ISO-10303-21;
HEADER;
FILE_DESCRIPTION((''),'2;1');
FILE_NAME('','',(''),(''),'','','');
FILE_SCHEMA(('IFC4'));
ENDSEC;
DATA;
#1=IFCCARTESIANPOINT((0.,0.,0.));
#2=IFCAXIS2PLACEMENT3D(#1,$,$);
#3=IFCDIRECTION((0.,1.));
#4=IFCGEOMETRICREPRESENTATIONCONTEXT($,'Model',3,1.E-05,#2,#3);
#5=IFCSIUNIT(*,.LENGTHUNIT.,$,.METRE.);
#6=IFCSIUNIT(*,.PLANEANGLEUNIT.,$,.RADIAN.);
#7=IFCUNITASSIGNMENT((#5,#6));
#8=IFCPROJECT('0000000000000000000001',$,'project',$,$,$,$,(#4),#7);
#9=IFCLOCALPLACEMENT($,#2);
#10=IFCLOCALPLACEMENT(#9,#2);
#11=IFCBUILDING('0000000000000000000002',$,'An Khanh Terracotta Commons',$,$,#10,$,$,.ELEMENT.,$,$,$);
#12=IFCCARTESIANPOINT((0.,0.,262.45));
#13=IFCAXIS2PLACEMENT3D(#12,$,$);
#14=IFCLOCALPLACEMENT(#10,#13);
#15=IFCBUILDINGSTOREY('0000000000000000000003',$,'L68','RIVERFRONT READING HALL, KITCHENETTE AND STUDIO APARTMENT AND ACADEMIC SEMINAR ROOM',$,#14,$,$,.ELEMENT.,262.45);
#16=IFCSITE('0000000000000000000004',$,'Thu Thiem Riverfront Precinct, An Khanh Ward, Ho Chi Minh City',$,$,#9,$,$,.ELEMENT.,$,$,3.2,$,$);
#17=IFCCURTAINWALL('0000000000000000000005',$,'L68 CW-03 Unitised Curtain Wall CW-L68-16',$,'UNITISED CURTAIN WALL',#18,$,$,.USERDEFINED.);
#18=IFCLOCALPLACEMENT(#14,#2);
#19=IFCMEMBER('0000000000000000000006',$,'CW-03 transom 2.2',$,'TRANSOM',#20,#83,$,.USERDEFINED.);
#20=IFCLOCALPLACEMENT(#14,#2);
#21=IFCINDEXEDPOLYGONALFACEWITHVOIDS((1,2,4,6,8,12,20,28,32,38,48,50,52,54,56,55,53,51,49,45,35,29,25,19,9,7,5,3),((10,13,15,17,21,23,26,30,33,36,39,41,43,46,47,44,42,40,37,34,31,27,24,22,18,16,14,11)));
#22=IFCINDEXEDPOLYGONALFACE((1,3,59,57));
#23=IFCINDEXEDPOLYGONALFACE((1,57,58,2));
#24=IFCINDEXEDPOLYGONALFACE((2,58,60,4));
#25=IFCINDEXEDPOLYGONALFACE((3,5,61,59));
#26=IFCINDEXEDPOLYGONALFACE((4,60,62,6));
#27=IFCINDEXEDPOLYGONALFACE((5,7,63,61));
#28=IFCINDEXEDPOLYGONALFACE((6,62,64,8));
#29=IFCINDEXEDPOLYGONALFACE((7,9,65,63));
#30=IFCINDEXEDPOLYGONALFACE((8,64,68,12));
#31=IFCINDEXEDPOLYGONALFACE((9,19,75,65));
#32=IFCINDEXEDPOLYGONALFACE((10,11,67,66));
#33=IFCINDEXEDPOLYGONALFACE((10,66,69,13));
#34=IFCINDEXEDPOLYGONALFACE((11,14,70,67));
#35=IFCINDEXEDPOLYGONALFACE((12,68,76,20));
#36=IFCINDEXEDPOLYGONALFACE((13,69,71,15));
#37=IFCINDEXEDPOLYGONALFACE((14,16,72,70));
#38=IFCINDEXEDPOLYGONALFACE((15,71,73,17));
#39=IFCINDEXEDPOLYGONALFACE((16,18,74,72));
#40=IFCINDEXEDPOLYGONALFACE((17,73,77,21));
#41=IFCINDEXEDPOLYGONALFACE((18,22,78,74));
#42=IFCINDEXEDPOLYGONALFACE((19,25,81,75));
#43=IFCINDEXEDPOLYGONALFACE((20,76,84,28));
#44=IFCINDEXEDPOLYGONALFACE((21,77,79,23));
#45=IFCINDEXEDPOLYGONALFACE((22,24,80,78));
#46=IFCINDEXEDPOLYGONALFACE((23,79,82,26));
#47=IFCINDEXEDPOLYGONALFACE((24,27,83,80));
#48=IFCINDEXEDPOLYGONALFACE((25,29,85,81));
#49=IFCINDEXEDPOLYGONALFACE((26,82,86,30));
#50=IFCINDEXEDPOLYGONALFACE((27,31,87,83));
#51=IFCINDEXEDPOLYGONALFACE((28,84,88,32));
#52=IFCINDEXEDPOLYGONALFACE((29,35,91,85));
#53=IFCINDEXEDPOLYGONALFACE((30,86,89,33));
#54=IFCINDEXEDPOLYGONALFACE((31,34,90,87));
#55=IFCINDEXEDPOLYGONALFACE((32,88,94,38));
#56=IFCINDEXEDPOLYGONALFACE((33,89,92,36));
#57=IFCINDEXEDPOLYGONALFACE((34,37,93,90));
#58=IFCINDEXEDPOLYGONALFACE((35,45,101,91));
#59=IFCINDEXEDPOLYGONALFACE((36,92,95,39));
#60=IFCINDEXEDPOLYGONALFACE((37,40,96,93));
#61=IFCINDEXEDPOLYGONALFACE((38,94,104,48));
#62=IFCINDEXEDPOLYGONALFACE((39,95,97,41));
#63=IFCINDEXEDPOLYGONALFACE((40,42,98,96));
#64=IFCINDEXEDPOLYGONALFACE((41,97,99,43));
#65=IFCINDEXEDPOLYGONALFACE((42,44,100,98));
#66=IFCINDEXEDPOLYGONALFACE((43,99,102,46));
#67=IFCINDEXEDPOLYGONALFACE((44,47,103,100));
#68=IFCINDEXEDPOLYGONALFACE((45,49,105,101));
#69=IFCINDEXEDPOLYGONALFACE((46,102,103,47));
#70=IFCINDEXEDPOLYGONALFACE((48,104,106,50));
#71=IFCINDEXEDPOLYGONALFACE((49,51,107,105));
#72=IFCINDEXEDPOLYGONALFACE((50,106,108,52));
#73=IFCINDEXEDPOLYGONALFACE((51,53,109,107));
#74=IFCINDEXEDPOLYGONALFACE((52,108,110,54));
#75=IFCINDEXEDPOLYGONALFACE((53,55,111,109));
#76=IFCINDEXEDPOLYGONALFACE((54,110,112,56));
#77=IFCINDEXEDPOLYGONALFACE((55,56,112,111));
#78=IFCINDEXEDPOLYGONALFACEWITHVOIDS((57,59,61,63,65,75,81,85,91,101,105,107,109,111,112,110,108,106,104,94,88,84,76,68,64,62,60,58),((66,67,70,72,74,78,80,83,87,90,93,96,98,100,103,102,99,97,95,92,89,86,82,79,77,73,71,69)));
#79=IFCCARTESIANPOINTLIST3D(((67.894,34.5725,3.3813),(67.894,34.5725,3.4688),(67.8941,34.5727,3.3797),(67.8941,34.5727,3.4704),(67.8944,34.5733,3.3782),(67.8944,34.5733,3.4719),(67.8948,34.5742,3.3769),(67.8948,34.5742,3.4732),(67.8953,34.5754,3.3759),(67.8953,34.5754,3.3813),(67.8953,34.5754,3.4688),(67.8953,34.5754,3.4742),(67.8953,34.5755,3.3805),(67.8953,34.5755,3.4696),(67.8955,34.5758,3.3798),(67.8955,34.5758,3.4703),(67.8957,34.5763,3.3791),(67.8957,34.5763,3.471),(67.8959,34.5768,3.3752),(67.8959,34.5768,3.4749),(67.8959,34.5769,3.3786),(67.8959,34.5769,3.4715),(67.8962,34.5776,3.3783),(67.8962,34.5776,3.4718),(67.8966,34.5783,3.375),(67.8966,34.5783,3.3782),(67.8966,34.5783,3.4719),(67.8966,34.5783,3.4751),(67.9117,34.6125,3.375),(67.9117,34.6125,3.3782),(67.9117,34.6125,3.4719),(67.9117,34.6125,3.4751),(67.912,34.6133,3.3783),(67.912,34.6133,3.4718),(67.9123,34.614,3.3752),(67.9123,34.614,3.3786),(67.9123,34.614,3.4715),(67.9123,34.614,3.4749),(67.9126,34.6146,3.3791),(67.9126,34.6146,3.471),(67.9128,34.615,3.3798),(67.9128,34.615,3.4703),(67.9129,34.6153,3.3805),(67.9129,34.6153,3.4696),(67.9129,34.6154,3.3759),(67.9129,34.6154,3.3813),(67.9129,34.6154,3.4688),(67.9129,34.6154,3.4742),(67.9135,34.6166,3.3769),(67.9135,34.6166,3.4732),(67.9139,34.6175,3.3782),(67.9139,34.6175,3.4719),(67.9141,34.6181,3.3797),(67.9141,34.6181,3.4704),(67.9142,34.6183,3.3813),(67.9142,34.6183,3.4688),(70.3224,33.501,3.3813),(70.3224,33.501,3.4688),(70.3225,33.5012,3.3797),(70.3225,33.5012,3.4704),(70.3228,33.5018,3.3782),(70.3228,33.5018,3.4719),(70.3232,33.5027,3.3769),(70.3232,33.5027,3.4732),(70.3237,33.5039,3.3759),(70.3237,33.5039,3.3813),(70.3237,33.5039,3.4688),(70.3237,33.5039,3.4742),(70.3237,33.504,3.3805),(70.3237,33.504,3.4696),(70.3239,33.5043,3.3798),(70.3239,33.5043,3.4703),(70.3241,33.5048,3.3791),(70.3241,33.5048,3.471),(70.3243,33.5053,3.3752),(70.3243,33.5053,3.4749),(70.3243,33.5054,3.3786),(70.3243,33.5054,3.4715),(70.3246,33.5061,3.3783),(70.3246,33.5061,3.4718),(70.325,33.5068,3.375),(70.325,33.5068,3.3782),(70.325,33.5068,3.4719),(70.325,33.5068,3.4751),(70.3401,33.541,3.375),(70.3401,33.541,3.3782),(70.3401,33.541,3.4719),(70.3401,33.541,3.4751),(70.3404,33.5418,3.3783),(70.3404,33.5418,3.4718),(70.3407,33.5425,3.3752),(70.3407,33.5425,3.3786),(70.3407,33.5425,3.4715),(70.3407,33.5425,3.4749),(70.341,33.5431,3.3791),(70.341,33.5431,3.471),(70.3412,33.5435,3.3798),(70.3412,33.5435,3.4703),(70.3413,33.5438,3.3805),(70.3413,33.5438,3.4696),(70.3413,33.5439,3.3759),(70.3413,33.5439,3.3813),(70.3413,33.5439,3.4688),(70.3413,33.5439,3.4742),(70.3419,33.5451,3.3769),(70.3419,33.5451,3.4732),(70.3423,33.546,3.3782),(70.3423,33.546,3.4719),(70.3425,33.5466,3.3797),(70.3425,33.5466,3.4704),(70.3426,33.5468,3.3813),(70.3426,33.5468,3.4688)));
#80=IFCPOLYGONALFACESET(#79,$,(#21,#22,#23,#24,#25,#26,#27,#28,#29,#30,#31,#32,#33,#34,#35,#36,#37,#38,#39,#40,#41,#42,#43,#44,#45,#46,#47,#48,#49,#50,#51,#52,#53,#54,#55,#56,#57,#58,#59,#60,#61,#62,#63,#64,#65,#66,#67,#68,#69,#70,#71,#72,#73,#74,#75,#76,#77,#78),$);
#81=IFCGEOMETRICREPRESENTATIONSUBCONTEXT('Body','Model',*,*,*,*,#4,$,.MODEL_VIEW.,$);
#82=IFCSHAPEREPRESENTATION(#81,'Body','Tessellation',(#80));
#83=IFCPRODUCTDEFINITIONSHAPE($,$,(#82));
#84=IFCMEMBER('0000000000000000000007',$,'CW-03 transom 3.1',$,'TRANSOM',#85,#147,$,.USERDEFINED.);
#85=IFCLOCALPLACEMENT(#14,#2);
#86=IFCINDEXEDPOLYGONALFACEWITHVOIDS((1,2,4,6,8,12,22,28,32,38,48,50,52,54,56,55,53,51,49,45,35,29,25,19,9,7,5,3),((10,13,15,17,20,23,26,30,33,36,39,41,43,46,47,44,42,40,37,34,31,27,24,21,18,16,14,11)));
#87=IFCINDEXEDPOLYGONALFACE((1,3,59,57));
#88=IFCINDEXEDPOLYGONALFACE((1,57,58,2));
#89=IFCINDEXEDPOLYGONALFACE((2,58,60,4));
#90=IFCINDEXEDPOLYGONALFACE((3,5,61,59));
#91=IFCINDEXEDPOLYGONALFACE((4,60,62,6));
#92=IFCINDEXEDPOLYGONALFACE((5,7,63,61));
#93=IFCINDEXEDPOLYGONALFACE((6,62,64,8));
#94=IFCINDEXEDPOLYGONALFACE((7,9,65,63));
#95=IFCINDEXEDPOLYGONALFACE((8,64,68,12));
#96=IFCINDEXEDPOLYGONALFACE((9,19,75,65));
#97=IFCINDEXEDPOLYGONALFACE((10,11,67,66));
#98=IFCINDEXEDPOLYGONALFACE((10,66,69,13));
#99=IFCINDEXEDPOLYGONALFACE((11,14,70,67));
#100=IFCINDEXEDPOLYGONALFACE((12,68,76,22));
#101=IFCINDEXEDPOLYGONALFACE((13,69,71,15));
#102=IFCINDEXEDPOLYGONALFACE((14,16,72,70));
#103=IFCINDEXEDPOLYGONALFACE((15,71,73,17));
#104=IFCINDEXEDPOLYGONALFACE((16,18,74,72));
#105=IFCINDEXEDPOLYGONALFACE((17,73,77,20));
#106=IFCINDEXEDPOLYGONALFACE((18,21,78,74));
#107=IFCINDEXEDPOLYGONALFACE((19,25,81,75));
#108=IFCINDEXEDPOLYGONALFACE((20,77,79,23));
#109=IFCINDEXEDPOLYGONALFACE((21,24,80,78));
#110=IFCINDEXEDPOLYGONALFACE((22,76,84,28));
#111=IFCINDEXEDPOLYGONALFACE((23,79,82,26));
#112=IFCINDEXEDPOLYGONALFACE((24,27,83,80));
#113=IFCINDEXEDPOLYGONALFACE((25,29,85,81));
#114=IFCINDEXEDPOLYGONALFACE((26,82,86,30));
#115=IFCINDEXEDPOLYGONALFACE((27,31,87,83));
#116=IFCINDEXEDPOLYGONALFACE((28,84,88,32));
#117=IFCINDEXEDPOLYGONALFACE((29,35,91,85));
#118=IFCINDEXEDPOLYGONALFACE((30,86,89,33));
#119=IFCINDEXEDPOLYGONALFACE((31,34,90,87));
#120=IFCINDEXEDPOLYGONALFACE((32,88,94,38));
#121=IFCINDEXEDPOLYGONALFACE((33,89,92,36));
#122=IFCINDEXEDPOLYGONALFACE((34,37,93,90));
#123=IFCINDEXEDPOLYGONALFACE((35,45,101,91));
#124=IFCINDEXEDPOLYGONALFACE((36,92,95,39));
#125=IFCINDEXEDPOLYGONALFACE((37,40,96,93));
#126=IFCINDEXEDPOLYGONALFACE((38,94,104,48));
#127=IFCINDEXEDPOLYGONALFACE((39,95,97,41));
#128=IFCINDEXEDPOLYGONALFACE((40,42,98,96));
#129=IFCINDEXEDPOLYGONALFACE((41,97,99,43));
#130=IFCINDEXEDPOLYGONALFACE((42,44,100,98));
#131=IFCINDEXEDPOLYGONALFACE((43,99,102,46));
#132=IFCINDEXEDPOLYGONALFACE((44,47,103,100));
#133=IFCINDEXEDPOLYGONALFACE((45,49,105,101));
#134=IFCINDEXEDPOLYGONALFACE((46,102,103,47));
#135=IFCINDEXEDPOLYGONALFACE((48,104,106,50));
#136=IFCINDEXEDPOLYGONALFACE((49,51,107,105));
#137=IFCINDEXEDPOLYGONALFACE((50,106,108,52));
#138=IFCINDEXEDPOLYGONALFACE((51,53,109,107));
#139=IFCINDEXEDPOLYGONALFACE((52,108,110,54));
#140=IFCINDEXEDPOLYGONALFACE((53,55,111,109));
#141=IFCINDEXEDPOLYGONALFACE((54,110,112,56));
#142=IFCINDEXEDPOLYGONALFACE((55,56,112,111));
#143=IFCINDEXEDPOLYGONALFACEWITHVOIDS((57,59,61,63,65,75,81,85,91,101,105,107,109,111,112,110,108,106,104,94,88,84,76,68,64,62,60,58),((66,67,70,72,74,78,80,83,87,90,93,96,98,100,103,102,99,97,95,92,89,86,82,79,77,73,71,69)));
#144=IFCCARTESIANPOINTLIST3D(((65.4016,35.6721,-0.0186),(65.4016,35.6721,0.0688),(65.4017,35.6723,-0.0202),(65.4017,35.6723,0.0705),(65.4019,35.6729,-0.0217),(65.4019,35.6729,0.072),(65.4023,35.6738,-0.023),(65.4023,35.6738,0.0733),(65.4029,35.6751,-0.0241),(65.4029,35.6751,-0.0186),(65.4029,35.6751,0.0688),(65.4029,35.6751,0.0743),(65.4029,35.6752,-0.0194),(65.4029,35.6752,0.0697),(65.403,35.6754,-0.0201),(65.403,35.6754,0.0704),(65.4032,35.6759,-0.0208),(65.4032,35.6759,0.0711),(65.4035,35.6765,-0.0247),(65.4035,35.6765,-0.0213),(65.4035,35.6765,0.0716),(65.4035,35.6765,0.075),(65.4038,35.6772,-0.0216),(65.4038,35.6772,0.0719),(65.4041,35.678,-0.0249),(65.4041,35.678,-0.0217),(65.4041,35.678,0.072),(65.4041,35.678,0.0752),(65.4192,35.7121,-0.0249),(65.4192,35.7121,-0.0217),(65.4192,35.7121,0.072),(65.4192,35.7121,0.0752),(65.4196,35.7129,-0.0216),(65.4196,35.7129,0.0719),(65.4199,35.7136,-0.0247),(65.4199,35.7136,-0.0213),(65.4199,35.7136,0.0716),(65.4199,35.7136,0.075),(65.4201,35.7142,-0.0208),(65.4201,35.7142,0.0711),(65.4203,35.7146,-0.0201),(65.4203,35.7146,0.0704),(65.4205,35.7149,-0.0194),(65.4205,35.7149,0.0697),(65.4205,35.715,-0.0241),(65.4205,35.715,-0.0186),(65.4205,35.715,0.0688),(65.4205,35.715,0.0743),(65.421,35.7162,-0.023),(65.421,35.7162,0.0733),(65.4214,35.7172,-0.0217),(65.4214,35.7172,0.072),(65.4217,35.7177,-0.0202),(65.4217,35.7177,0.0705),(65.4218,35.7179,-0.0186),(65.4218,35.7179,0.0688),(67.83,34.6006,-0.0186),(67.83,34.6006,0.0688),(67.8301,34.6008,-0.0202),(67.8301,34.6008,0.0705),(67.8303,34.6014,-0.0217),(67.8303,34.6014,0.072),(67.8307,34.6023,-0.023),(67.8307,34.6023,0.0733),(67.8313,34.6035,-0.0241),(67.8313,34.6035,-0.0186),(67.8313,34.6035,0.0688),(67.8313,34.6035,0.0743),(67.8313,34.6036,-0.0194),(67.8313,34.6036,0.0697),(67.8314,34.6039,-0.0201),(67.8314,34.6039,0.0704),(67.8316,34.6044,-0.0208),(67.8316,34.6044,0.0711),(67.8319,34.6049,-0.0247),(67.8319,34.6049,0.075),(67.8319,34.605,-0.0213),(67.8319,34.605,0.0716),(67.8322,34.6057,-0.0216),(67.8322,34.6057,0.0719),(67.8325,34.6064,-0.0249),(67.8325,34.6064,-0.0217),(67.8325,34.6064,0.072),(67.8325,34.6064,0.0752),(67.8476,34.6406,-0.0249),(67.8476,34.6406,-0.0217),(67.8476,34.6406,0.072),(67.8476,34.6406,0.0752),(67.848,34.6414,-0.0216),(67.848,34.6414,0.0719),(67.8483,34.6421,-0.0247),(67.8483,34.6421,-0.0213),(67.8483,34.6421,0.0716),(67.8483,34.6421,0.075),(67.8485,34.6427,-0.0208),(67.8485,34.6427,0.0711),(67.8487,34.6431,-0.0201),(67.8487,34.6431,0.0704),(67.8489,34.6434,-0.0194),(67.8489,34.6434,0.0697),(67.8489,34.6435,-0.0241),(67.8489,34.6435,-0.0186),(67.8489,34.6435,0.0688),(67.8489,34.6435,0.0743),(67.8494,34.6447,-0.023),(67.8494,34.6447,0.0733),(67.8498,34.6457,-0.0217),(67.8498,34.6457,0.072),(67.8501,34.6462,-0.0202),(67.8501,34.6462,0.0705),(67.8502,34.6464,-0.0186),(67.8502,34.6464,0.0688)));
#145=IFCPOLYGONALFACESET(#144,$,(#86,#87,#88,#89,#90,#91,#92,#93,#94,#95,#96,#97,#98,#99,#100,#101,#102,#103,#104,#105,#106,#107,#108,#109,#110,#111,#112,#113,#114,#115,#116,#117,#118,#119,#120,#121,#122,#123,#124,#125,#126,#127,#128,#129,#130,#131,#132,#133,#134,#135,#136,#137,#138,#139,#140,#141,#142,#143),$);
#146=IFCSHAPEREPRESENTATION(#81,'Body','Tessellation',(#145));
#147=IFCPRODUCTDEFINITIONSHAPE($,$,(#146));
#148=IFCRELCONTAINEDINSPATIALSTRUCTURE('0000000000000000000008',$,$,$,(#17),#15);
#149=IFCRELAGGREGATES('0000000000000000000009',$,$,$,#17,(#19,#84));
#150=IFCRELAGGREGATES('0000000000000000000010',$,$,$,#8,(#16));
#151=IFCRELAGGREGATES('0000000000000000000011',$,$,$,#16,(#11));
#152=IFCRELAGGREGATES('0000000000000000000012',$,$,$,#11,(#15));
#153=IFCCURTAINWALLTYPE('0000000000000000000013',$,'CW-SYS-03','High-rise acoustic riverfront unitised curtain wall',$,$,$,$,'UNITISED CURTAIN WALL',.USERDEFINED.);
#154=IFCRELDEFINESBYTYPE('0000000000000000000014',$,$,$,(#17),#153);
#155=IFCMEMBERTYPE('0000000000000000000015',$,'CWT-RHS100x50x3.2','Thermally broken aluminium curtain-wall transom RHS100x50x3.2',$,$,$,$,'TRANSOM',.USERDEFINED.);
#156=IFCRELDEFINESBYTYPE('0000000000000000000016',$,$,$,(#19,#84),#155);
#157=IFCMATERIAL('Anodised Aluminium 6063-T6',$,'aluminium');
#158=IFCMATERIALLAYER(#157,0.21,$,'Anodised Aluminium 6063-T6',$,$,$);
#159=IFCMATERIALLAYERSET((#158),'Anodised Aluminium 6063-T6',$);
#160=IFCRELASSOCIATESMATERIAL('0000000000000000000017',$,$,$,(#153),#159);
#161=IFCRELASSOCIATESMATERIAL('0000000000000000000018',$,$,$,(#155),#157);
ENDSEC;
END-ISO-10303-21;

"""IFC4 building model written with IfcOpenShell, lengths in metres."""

from ifc_helpers import new_model, si_unit, direction, frame, origin, origin_2d, place, context, subcontext, project, spatial, hollow_rectangle, extrude, material, layer, layer_set, material_profile, profile_set, type_object, element, aggregate, save


model = new_model("IFC4")

# Units and contexts
model_context = context("Model", 3, precision=1e-05, world=origin(), true_north=direction((0.0, 1.0)))
body_context = subcontext(model_context, "Body", "Model", "MODEL_VIEW")
ifc_project = project(units=[si_unit("LENGTHUNIT", "METRE"), si_unit("PLANEANGLEUNIT", "RADIAN")], contexts=[model_context])

# Site, building, storey
site_placement = place(None, origin())
site = spatial("IfcSite", under=ifc_project, at=site_placement, Name="Thu Thiem Riverfront Precinct, An Khanh Ward, Ho Chi Minh City", CompositionType="ELEMENT", RefElevation=3.2)
building_placement = place(site_placement, origin())
building = spatial("IfcBuilding", under=site, at=building_placement, Name="An Khanh Terracotta Commons", CompositionType="ELEMENT")
storey_placement = place(building_placement, frame((0.0, 0.0, 262.45)))
storey = spatial("IfcBuildingStorey", under=building, at=storey_placement, Name="L68", Description="RIVERFRONT READING HALL, KITCHENETTE AND STUDIO APARTMENT AND ACADEMIC SEMINAR ROOM", CompositionType="ELEMENT", Elevation=262.45)

# Curtain wall
ifc_material_1 = material(Name="Anodised Aluminium 6063-T6", Category="aluminium")
ifc_layer_1 = layer(ifc_material_1, 0.21, Name="Anodised Aluminium 6063-T6")
ifc_layer_set_1 = layer_set([ifc_layer_1], Name="Anodised Aluminium 6063-T6")
curtain_wall_type = type_object("IfcCurtainWallType", Name="CW-SYS-03", Description="High-rise acoustic riverfront unitised curtain wall", ElementType="UNITISED CURTAIN WALL", PredefinedType="USERDEFINED", material=ifc_layer_set_1)
curtain_wall_1_placement = place(storey_placement, origin())
curtain_wall_1 = element("IfcCurtainWall", 1, at=curtain_wall_1_placement, inside=storey, type_object=curtain_wall_type, Name="L68 CW-03 Unitised Curtain Wall CW-L68-16", ObjectType="UNITISED CURTAIN WALL", PredefinedType="USERDEFINED")

# Members
ifc_material_profile_1 = material_profile(ifc_material_1, hollow_rectangle(XDim=0.05, YDim=0.1001, WallThickness=0.0032, InnerFilletRadius=0.0032, OuterFilletRadius=0.0063, at=origin_2d()), Name="RHS100x50x3.2")
ifc_profile_set_1 = profile_set([ifc_material_profile_1], Name="Anodised Aluminium 6063-T6")
member_type_1 = type_object("IfcMemberType", Name="CWT-RHS100x50x3.2", Description="Thermally broken aluminium curtain-wall transom RHS100x50x3.2", ElementType="TRANSOM", PredefinedType="USERDEFINED", material=ifc_profile_set_1)
member_1_placement = place(storey_placement, frame((70.3325, 33.5239, 3.425), z_axis=(-0.914897, 0.403688, 0.0), x_axis=(-0.403688, -0.914897, 0.0)))
member_1 = element("IfcMember", 2, at=member_1_placement, type_object=member_type_1, Name="CW-03 transom 2.2", ObjectType="TRANSOM", PredefinedType="USERDEFINED", context=body_context, shape_type="SweptSolid", body=[
    extrude(hollow_rectangle(XDim=0.05, YDim=0.1001, WallThickness=0.0032, InnerFilletRadius=0.0032, OuterFilletRadius=0.0063, at=origin_2d()), origin(), (0.0, 0.0, 1.0), 2.6543),
])
member_2_placement = place(storey_placement, frame((67.8401, 34.6235, 0.0251), z_axis=(-0.914897, 0.403688, 0.0), x_axis=(-0.403688, -0.914897, 0.0)))
member_2 = element("IfcMember", 3, at=member_2_placement, type_object=member_type_1, Name="CW-03 transom 3.1", ObjectType="TRANSOM", PredefinedType="USERDEFINED", context=body_context, shape_type="SweptSolid", body=[
    extrude(hollow_rectangle(XDim=0.05, YDim=0.1001, WallThickness=0.0032, InnerFilletRadius=0.0032, OuterFilletRadius=0.0063, at=origin_2d()), origin(), (0.0, 0.0, 1.0), 2.6543),
])

aggregate(curtain_wall_1, [member_1, member_2])

save(model, "model.ifc")
